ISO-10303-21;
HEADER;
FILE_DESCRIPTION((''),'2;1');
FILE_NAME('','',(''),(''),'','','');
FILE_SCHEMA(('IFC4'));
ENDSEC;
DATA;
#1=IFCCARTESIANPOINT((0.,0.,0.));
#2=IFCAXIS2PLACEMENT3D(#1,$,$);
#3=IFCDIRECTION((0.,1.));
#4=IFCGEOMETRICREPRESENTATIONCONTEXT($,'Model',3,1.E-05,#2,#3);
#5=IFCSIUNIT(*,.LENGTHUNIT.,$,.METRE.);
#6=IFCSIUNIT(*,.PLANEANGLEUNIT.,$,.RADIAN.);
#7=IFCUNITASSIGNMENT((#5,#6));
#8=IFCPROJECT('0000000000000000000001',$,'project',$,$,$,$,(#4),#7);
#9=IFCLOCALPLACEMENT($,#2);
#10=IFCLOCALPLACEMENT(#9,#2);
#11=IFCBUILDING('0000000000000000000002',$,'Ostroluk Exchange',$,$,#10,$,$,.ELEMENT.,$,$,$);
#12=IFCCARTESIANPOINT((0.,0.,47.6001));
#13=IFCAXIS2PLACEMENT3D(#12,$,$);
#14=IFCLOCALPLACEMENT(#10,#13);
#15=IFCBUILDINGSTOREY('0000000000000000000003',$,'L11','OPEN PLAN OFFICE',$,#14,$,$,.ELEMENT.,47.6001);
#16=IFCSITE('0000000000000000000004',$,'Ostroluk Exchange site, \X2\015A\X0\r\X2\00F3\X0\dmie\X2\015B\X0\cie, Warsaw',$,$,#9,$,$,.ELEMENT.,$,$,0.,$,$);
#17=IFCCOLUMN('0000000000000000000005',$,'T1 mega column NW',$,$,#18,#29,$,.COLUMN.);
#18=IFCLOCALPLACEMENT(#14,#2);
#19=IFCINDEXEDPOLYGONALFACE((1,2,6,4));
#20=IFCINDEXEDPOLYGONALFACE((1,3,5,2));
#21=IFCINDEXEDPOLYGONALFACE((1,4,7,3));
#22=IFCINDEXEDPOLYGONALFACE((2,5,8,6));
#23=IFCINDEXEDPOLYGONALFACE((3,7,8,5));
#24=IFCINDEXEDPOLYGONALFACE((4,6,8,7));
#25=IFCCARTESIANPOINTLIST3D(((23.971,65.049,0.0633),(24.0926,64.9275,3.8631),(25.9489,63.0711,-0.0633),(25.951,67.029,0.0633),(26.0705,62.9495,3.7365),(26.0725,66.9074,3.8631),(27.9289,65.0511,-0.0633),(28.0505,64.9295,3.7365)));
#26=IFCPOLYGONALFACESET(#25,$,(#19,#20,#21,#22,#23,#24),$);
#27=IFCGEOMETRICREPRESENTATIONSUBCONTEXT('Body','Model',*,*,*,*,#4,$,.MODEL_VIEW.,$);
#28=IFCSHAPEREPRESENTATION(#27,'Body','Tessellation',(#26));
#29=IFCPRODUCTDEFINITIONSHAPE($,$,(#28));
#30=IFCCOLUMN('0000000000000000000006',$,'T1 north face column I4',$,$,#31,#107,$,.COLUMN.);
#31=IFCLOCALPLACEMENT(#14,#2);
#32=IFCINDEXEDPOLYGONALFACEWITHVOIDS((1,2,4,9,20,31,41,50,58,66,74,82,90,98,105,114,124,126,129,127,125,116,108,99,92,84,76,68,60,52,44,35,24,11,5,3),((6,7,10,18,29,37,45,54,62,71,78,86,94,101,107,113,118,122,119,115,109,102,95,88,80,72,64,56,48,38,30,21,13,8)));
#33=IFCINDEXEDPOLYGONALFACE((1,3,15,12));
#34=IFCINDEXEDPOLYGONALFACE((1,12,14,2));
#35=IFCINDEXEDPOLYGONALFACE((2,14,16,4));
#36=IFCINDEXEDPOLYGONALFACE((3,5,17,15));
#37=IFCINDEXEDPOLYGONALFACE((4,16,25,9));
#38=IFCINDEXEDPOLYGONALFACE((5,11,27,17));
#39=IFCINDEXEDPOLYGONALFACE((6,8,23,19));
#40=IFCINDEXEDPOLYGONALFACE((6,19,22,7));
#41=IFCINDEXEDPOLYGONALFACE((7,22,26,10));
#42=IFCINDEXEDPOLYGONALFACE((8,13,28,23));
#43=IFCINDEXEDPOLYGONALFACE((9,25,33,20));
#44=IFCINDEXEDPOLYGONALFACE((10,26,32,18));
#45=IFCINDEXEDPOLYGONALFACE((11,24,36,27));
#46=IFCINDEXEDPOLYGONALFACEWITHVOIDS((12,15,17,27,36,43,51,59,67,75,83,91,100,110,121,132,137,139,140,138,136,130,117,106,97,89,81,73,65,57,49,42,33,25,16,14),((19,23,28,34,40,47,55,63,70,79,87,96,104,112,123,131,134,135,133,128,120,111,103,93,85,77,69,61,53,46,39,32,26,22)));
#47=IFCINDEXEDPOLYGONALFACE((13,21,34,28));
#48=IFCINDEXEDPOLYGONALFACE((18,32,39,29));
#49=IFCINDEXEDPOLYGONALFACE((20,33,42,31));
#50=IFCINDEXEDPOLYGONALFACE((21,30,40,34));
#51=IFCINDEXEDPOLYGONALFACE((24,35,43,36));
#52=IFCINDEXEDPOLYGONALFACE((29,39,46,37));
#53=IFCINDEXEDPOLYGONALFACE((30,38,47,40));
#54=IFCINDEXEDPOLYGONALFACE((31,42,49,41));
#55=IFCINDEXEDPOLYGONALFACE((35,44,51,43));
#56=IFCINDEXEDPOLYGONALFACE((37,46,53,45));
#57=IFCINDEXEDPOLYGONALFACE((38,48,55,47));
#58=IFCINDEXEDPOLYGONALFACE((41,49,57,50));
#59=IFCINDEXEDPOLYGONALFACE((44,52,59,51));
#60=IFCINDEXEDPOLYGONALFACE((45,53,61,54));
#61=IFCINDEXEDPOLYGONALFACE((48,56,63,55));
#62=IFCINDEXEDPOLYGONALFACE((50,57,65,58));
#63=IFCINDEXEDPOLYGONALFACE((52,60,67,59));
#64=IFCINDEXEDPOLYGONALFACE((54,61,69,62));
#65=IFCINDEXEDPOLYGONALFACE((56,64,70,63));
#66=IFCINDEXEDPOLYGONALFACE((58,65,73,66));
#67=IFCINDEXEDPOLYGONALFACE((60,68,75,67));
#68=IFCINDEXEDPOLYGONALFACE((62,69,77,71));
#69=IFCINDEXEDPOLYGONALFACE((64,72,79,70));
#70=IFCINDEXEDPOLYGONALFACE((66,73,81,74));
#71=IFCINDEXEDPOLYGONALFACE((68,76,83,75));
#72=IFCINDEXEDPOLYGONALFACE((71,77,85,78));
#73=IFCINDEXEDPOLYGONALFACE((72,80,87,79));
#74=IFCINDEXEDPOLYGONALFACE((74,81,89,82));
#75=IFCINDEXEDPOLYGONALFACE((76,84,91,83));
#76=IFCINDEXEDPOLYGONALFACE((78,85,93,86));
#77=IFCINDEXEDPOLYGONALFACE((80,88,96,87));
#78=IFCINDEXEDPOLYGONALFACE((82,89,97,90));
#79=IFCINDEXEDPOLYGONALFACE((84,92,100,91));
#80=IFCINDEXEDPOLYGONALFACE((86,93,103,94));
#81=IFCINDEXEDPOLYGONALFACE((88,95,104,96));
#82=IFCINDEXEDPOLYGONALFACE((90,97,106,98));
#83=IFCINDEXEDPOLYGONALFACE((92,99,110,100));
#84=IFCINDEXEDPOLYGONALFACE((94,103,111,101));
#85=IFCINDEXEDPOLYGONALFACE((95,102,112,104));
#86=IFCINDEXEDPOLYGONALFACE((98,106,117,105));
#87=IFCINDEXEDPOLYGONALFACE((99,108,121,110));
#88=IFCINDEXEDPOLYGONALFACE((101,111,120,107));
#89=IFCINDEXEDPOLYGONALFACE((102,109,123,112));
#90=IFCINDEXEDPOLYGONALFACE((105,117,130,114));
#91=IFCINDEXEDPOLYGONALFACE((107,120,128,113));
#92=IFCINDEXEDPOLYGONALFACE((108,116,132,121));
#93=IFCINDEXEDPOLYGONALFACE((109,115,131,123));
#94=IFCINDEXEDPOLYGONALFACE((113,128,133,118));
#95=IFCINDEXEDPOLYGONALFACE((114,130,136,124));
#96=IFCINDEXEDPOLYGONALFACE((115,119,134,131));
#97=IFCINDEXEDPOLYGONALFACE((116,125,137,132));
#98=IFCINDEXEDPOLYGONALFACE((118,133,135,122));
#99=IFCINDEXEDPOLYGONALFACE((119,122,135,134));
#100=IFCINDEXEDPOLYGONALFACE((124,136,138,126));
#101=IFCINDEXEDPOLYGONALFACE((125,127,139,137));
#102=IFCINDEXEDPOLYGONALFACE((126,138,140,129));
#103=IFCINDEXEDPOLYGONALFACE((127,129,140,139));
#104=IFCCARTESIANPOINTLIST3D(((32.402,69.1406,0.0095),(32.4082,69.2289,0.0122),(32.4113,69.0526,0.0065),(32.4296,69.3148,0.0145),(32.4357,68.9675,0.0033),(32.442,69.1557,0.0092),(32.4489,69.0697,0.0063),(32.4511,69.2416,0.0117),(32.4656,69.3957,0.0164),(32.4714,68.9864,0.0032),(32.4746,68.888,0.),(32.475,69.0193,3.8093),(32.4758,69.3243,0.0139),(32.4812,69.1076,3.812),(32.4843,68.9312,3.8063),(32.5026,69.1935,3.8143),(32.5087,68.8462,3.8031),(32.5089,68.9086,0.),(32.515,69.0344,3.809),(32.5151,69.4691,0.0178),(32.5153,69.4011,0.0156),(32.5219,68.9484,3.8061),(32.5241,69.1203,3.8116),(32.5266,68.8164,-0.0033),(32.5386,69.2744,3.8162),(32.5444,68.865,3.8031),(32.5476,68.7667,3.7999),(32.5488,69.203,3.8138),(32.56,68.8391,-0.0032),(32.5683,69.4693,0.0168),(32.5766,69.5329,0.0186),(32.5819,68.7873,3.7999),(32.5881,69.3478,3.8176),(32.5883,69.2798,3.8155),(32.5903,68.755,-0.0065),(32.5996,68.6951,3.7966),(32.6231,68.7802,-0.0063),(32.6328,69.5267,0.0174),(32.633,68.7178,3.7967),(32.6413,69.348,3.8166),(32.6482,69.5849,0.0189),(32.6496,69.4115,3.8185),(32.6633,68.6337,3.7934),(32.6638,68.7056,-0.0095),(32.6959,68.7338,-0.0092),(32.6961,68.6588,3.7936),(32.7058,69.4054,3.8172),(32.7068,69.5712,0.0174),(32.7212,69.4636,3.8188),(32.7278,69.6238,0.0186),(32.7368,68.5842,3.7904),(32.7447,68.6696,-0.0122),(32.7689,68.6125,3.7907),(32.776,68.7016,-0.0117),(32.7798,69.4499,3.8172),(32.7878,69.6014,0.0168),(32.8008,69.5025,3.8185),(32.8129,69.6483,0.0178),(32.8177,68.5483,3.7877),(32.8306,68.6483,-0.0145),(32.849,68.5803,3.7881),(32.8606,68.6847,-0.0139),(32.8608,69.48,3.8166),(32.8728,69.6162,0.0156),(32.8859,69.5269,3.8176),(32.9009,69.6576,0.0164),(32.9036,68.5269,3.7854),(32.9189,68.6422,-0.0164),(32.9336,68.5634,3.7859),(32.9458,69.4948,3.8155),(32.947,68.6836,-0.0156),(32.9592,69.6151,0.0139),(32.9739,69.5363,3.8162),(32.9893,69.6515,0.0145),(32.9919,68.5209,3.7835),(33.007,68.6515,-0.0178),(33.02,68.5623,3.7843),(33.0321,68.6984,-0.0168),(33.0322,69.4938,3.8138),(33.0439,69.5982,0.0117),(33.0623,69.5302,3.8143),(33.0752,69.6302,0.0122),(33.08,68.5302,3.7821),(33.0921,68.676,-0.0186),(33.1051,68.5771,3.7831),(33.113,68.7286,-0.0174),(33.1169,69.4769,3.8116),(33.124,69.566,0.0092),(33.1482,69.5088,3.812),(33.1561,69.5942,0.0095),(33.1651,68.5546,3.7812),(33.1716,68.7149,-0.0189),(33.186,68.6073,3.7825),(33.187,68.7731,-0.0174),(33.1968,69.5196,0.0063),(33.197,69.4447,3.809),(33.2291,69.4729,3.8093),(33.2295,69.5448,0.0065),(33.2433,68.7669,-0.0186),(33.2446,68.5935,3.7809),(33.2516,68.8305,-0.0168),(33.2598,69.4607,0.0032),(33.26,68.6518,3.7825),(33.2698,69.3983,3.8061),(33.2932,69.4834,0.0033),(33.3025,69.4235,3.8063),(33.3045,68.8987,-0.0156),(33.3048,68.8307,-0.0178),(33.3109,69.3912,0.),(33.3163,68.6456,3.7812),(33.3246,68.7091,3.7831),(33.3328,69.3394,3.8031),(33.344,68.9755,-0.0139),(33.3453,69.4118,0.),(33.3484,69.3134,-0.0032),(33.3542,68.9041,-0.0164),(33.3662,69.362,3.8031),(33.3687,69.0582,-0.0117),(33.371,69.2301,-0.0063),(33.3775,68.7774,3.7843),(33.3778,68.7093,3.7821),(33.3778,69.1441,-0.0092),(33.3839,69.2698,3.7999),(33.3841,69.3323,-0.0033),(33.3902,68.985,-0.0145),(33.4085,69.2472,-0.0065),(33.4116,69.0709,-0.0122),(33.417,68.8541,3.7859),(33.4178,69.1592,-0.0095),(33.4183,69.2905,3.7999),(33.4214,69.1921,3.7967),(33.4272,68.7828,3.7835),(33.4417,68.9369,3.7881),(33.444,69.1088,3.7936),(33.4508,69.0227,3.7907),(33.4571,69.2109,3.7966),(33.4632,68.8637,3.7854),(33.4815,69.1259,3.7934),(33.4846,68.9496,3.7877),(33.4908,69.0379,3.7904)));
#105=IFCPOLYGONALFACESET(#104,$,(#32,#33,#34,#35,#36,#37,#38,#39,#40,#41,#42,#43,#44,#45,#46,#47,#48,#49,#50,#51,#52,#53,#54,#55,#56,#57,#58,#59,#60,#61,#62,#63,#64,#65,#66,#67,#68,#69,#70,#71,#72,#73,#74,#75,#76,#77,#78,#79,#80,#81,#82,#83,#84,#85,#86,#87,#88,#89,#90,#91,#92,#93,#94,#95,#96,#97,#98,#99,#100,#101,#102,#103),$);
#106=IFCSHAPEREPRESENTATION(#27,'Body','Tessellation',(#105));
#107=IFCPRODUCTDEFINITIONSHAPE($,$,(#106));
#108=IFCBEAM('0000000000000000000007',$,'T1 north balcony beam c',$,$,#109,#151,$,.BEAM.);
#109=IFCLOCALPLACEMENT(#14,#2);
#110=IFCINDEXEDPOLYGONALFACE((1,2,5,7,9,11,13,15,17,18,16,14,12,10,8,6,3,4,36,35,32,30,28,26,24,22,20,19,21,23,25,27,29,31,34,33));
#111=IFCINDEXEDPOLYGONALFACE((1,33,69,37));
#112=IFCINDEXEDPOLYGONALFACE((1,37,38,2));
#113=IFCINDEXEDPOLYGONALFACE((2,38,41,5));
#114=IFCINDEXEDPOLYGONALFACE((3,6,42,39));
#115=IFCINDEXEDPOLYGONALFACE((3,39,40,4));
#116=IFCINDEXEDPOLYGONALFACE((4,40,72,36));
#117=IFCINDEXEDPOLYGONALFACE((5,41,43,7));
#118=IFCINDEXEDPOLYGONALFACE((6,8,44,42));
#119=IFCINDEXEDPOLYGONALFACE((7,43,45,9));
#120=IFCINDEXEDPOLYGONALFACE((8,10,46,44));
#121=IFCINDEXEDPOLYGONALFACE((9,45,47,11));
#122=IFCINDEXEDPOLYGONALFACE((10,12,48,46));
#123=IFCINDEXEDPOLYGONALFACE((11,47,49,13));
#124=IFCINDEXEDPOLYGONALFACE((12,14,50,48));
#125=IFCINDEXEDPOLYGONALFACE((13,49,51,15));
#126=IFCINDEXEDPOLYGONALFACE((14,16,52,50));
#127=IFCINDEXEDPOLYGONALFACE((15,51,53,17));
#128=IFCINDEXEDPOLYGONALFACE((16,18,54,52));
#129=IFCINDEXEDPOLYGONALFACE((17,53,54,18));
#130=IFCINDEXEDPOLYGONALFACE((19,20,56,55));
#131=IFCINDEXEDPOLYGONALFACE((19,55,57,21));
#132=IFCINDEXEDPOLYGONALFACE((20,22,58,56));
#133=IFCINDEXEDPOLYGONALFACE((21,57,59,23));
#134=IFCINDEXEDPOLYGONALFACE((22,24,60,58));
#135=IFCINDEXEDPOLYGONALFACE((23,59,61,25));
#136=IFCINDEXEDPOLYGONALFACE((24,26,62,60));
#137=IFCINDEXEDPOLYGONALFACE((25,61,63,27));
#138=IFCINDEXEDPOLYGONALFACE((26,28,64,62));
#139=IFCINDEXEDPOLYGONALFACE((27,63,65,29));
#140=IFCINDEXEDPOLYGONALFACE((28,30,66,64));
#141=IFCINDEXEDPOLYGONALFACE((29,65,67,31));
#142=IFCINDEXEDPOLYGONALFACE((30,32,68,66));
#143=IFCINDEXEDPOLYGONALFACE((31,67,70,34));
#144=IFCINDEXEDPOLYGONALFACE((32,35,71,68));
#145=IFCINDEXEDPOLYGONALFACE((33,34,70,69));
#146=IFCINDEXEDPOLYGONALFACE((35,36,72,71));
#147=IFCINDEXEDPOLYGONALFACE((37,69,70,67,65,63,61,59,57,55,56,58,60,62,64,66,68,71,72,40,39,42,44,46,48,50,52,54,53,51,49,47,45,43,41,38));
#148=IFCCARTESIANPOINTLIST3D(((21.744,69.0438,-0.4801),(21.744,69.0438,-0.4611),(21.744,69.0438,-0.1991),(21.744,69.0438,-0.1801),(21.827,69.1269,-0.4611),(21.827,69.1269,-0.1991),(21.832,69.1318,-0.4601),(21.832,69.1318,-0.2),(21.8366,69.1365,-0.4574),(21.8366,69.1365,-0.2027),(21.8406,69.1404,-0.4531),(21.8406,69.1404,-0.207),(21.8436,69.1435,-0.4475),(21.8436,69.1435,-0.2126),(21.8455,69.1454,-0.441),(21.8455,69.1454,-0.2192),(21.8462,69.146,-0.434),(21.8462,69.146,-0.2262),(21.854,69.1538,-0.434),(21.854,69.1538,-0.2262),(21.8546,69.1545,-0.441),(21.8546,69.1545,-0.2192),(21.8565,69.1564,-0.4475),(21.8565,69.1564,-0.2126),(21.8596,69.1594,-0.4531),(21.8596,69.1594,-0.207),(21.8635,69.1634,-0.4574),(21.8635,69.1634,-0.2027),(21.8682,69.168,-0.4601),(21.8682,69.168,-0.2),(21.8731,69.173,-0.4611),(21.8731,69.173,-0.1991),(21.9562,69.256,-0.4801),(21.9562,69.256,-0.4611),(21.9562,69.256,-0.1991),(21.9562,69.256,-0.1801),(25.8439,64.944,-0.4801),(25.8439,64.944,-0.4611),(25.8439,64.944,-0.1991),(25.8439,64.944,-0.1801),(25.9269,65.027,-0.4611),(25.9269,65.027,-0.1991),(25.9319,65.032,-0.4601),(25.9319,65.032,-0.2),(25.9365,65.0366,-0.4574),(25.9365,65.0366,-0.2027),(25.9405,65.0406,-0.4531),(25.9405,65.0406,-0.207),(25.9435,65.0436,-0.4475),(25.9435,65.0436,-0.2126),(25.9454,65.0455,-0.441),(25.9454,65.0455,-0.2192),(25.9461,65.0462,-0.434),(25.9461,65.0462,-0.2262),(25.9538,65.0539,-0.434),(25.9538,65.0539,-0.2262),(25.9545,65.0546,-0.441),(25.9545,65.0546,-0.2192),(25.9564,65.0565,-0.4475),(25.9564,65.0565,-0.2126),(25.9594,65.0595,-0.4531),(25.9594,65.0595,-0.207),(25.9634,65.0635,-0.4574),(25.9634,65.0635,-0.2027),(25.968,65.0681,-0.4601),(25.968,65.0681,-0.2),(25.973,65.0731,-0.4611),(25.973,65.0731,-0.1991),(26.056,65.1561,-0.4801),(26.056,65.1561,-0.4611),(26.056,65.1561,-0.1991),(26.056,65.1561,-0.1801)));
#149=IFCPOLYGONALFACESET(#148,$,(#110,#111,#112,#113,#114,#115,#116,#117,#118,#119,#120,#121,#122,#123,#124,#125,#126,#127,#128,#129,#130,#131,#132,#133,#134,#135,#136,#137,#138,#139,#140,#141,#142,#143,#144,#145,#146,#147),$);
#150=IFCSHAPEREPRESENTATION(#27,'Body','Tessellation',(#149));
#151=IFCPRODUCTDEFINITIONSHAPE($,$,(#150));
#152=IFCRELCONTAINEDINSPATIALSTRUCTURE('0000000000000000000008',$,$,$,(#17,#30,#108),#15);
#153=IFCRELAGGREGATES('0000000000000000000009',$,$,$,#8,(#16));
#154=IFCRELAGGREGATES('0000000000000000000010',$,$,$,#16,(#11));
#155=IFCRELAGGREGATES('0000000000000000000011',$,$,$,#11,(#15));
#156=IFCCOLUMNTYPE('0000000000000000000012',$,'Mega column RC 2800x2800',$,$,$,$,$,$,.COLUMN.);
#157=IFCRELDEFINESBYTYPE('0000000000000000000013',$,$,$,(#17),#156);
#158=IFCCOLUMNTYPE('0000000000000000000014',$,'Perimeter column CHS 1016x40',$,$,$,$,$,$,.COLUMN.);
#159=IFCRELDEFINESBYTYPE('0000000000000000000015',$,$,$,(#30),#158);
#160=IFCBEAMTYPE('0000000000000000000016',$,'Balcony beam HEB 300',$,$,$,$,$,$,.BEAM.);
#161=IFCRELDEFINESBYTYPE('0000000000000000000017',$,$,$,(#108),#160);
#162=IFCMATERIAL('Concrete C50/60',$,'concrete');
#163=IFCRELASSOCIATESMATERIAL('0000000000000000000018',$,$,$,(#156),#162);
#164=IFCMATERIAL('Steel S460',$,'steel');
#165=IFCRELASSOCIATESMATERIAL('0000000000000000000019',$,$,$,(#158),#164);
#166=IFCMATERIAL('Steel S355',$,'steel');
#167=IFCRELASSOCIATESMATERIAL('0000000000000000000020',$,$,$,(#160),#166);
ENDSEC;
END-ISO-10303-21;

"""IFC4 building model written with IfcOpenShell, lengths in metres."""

from ifc_helpers import new_model, si_unit, direction, frame, origin, origin_2d, place, context, subcontext, project, spatial, rectangle, hollow_circle, i_section, extrude, material, material_profile, profile_set, type_object, element, save


model = new_model("IFC4")

# Units and contexts
model_context = context("Model", 3, precision=1e-05, world=origin(), true_north=direction((0.0, 1.0)))
body_context = subcontext(model_context, "Body", "Model", "MODEL_VIEW")
ifc_project = project(units=[si_unit("LENGTHUNIT", "METRE"), si_unit("PLANEANGLEUNIT", "RADIAN")], contexts=[model_context])

# Site, building, storey
site_placement = place(None, origin())
site = spatial("IfcSite", under=ifc_project, at=site_placement, Name="Ostroluk Exchange site, Śródmieście, Warsaw", CompositionType="ELEMENT", RefElevation=0.0)
building_placement = place(site_placement, origin())
building = spatial("IfcBuilding", under=site, at=building_placement, Name="Ostroluk Exchange", CompositionType="ELEMENT")
storey_placement = place(building_placement, frame((0.0, 0.0, 47.6001)))
storey = spatial("IfcBuildingStorey", under=building, at=storey_placement, Name="L11", Description="OPEN PLAN OFFICE", CompositionType="ELEMENT", Elevation=47.6001)

# Columns
ifc_material_1 = material(Name="Concrete C50/60", Category="concrete")
ifc_material_profile_1 = material_profile(ifc_material_1, rectangle(XDim=2.8, YDim=2.8, at=origin_2d()), Name="RC 2800x2800")
ifc_profile_set_1 = profile_set([ifc_material_profile_1], Name="Concrete C50/60")
column_type_1 = type_object("IfcColumnType", Name="Mega column RC 2800x2800", PredefinedType="COLUMN", material=ifc_profile_set_1)
column_1_placement = place(storey_placement, frame((25.95, 65.05, 0.0), z_axis=(0.031964, -0.031964, 0.998978), x_axis=(0.707107, 0.707107, 0.0)))
element("IfcColumn", 1, at=column_1_placement, inside=storey, type_object=column_type_1, Name="T1 mega column NW", PredefinedType="COLUMN", context=body_context, shape_type="SweptSolid", body=[
    extrude(rectangle(XDim=2.8, YDim=2.8, at=origin_2d()), origin(), (0.0, 0.0, 1.0), 3.8037),
])
ifc_material_2 = material(Name="Steel S460", Category="steel")
ifc_material_profile_2 = material_profile(ifc_material_2, hollow_circle(Radius=0.5081, WallThickness=0.04, at=origin_2d()), Name="CHS 1016x40")
ifc_profile_set_2 = profile_set([ifc_material_profile_2], Name="Steel S460")
column_type_2 = type_object("IfcColumnType", Name="Perimeter column CHS 1016x40", PredefinedType="COLUMN", material=ifc_profile_set_2)
column_2_placement = place(storey_placement, frame((32.9099, 69.1499, 0.0), z_axis=(0.019198, -0.031911, 0.999306), x_axis=(0.856884, 0.51551, 0.0)))
element("IfcColumn", 2, at=column_2_placement, inside=storey, type_object=column_type_2, Name="T1 north face column I4", PredefinedType="COLUMN", context=body_context, shape_type="SweptSolid", body=[
    extrude(hollow_circle(Radius=0.5081, WallThickness=0.04, at=origin_2d()), origin(), (0.0, 0.0, 1.0), 3.8025),
])

# Beam
ifc_material_3 = material(Name="Steel S355", Category="steel")
ifc_material_profile_3 = material_profile(ifc_material_3, i_section(OverallWidth=0.3, OverallDepth=0.3, WebThickness=0.011, FlangeThickness=0.019, FilletRadius=0.0271, at=origin_2d()), Name="HEB 300")
ifc_profile_set_3 = profile_set([ifc_material_profile_3], Name="Steel S355")
beam_type_1 = type_object("IfcBeamType", Name="Balcony beam HEB 300", PredefinedType="BEAM", material=ifc_profile_set_3)
beam_1_placement = place(storey_placement, frame((25.95, 65.05, -0.3301), z_axis=(-0.707107, 0.707107, 0.0), x_axis=(-0.707107, -0.707107, 0.0)))
element("IfcBeam", 3, at=beam_1_placement, inside=storey, type_object=beam_type_1, Name="T1 north balcony beam c", PredefinedType="BEAM", context=body_context, shape_type="SweptSolid", body=[
    extrude(i_section(OverallWidth=0.3, OverallDepth=0.3, WebThickness=0.011, FlangeThickness=0.019, FilletRadius=0.0271, at=origin_2d()), origin(), (0.0, 0.0, 1.0), 5.7981),
])

save(model, "model.ifc")
